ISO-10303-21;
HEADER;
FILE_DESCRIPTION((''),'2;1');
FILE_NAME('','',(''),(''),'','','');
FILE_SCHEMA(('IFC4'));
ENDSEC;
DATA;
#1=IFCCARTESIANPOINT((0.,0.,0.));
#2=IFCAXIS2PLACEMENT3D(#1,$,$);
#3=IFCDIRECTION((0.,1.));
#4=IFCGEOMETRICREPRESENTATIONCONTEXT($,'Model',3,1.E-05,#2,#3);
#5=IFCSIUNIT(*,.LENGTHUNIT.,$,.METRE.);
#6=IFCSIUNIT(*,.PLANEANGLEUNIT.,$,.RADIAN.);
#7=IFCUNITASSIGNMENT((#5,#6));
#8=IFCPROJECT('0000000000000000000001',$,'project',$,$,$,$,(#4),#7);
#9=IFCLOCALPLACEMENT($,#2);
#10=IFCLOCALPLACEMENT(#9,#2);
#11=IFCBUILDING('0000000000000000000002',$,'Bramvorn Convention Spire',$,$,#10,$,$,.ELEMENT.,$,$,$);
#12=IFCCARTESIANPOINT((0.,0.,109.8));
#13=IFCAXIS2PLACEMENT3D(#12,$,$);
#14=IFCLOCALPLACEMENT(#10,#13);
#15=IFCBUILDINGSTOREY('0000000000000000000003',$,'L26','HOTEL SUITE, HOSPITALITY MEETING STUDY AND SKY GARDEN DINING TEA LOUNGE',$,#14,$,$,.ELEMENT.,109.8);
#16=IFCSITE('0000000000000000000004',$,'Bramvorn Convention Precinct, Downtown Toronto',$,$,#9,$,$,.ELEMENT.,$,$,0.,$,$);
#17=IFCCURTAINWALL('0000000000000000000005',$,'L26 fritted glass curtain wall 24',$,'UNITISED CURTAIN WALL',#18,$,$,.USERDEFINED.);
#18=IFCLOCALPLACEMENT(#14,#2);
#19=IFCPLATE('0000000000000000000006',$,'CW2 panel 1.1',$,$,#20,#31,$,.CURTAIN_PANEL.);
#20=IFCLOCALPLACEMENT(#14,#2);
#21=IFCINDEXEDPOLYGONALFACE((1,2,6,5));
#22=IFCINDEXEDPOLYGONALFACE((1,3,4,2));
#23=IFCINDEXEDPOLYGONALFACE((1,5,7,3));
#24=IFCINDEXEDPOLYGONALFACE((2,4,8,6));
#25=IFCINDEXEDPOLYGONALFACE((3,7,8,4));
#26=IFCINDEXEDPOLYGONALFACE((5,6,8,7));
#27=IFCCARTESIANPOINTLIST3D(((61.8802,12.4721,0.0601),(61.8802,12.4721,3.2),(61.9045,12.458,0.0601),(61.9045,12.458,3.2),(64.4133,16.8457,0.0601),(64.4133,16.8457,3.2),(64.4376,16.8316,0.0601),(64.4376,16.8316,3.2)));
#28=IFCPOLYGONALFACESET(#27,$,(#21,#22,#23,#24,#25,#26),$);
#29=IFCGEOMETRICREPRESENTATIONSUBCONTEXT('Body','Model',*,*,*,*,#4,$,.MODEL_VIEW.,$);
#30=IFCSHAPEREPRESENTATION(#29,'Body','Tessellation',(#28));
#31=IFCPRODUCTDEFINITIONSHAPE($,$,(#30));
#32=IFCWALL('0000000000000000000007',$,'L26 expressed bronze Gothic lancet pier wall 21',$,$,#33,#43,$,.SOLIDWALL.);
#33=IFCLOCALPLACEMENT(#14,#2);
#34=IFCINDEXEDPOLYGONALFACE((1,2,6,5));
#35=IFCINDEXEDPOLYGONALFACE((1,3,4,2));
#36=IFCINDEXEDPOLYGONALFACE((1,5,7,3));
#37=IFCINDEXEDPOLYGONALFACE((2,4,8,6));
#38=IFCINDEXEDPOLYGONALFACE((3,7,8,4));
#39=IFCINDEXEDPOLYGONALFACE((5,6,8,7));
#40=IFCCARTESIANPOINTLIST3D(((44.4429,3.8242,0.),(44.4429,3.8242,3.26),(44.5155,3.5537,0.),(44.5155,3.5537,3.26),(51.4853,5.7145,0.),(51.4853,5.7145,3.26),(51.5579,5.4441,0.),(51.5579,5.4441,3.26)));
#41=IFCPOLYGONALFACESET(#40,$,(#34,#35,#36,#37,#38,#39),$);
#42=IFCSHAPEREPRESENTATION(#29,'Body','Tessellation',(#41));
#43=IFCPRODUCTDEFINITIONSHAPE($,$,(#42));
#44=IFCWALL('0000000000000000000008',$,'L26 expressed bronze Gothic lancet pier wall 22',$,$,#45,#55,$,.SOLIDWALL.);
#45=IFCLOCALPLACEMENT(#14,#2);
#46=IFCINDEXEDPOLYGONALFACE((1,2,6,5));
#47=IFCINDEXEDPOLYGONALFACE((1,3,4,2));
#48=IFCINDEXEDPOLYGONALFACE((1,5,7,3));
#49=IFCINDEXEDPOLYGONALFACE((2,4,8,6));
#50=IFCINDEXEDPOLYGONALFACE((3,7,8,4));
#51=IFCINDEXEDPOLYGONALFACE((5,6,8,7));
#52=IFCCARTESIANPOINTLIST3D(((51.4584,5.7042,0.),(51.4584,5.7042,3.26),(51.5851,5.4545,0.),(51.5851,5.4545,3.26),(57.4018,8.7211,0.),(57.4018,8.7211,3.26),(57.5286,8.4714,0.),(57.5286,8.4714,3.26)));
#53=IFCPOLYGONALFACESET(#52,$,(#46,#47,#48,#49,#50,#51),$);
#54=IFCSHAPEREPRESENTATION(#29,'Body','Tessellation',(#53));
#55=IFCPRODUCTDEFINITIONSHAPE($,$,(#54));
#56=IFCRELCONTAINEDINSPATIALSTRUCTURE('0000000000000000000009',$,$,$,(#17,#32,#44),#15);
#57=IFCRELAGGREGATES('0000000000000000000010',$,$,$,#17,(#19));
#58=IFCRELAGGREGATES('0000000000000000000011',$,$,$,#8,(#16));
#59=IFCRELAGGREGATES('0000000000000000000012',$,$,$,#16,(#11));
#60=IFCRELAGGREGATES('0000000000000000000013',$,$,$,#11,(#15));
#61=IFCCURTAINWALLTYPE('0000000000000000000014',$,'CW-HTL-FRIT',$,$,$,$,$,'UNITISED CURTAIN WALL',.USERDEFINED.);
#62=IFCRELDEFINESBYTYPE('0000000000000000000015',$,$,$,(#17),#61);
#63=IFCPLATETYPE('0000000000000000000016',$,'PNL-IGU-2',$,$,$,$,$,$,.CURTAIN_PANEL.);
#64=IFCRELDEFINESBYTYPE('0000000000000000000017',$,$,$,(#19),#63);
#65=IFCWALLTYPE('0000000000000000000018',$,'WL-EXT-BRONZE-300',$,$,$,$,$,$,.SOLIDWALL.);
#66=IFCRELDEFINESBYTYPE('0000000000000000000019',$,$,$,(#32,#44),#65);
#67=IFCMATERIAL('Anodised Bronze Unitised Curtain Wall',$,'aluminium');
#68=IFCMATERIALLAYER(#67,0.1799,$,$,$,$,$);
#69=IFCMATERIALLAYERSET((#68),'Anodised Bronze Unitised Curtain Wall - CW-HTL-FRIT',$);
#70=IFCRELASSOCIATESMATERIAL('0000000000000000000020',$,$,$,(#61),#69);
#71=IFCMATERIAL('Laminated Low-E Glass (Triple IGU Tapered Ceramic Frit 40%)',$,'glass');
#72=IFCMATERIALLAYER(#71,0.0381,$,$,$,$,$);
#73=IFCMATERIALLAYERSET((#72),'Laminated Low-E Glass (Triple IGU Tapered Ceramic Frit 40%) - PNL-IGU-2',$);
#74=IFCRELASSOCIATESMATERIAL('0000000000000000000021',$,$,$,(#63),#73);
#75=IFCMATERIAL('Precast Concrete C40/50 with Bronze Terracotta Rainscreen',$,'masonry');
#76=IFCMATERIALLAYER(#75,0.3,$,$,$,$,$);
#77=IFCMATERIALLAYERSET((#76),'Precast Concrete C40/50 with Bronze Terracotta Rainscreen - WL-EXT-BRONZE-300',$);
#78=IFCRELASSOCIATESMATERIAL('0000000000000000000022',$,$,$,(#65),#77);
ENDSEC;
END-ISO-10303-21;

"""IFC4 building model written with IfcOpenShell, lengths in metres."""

from ifc_helpers import new_model, si_unit, direction, frame, frame_2d, origin, origin_2d, place, context, subcontext, project, spatial, rectangle, extrude, material, layer, layer_set, type_object, element, aggregate, save


model = new_model("IFC4")

# Units and contexts
model_context = context("Model", 3, precision=1e-05, world=origin(), true_north=direction((0.0, 1.0)))
body_context = subcontext(model_context, "Body", "Model", "MODEL_VIEW")
ifc_project = project(units=[si_unit("LENGTHUNIT", "METRE"), si_unit("PLANEANGLEUNIT", "RADIAN")], contexts=[model_context])

# Site, building, storey
site_placement = place(None, origin())
site = spatial("IfcSite", under=ifc_project, at=site_placement, Name="Bramvorn Convention Precinct, Downtown Toronto", CompositionType="ELEMENT", RefElevation=0.0)
building_placement = place(site_placement, origin())
building = spatial("IfcBuilding", under=site, at=building_placement, Name="Bramvorn Convention Spire", CompositionType="ELEMENT")
storey_placement = place(building_placement, frame((0.0, 0.0, 109.8)))
storey = spatial("IfcBuildingStorey", under=building, at=storey_placement, Name="L26", Description="HOTEL SUITE, HOSPITALITY MEETING STUDY AND SKY GARDEN DINING TEA LOUNGE", CompositionType="ELEMENT", Elevation=109.8)

# Shared definitions
ifc_material_1 = material(Name="Anodised Bronze Unitised Curtain Wall", Category="aluminium")
ifc_layer_1 = layer(ifc_material_1, 0.1799)
ifc_layer_set_1 = layer_set([ifc_layer_1], Name="Anodised Bronze Unitised Curtain Wall - CW-HTL-FRIT")
curtain_wall_type = type_object("IfcCurtainWallType", Name="CW-HTL-FRIT", ElementType="UNITISED CURTAIN WALL", PredefinedType="USERDEFINED", material=ifc_layer_set_1)

# Curtain wall
curtain_wall_1_placement = place(storey_placement, origin())
curtain_wall_1 = element("IfcCurtainWall", 1, at=curtain_wall_1_placement, inside=storey, type_object=curtain_wall_type, Name="L26 fritted glass curtain wall 24", ObjectType="UNITISED CURTAIN WALL", PredefinedType="USERDEFINED")

# Plate
ifc_material_2 = material(Name="Laminated Low-E Glass (Triple IGU Tapered Ceramic Frit 40%)", Category="glass")
ifc_layer_2 = layer(ifc_material_2, 0.0381)
ifc_layer_set_2 = layer_set([ifc_layer_2], Name="Laminated Low-E Glass (Triple IGU Tapered Ceramic Frit 40%) - PNL-IGU-2")
plate_type = type_object("IfcPlateType", Name="PNL-IGU-2", PredefinedType="CURTAIN_PANEL", material=ifc_layer_set_2)
plate_1_placement = place(storey_placement, frame((63.1589, 14.6519, 0.0601), z_axis=(0.0, 0.0, 1.0), x_axis=(-0.50119, -0.865337, 0.0)))
plate_1 = element("IfcPlate", 2, at=plate_1_placement, type_object=plate_type, Name="CW2 panel 1.1", PredefinedType="CURTAIN_PANEL", context=body_context, shape_type="SweptSolid", body=[
    extrude(rectangle(XDim=5.0542, YDim=0.0281, at=origin_2d()), origin(), (0.0, 0.0, 1.0), 3.1399),
])
aggregate(curtain_wall_1, [plate_1])

# Walls
ifc_material_3 = material(Name="Precast Concrete C40/50 with Bronze Terracotta Rainscreen", Category="masonry")
ifc_layer_3 = layer(ifc_material_3, 0.3)
ifc_layer_set_3 = layer_set([ifc_layer_3], Name="Precast Concrete C40/50 with Bronze Terracotta Rainscreen - WL-EXT-BRONZE-300")
wall_type = type_object("IfcWallType", Name="WL-EXT-BRONZE-300", PredefinedType="SOLIDWALL", material=ifc_layer_set_3)
wall_1_placement = place(storey_placement, frame((51.5217, 5.5793, 0.0), z_axis=(0.0, 0.0, 1.0), x_axis=(-0.965811, -0.259248, 0.0)))
element("IfcWall", 3, at=wall_1_placement, inside=storey, type_object=wall_type, Name="L26 expressed bronze Gothic lancet pier wall 21", PredefinedType="SOLIDWALL", context=body_context, shape_type="SweptSolid", body=[
    extrude(rectangle(XDim=7.2917, YDim=0.28, at=frame_2d((3.646, 0.0))), origin(), (0.0, 0.0, 1.0), 3.26),
])
wall_2_placement = place(storey_placement, frame((57.4651, 8.5962, 0.0), z_axis=(0.0, 0.0, 1.0), x_axis=(-0.8917, -0.452626, 0.0)))
element("IfcWall", 4, at=wall_2_placement, inside=storey, type_object=wall_type, Name="L26 expressed bronze Gothic lancet pier wall 22", PredefinedType="SOLIDWALL", context=body_context, shape_type="SweptSolid", body=[
    extrude(rectangle(XDim=6.6653, YDim=0.28, at=frame_2d((3.3325, 0.0))), origin(), (0.0, 0.0, 1.0), 3.26),
])

save(model, "model.ifc")
